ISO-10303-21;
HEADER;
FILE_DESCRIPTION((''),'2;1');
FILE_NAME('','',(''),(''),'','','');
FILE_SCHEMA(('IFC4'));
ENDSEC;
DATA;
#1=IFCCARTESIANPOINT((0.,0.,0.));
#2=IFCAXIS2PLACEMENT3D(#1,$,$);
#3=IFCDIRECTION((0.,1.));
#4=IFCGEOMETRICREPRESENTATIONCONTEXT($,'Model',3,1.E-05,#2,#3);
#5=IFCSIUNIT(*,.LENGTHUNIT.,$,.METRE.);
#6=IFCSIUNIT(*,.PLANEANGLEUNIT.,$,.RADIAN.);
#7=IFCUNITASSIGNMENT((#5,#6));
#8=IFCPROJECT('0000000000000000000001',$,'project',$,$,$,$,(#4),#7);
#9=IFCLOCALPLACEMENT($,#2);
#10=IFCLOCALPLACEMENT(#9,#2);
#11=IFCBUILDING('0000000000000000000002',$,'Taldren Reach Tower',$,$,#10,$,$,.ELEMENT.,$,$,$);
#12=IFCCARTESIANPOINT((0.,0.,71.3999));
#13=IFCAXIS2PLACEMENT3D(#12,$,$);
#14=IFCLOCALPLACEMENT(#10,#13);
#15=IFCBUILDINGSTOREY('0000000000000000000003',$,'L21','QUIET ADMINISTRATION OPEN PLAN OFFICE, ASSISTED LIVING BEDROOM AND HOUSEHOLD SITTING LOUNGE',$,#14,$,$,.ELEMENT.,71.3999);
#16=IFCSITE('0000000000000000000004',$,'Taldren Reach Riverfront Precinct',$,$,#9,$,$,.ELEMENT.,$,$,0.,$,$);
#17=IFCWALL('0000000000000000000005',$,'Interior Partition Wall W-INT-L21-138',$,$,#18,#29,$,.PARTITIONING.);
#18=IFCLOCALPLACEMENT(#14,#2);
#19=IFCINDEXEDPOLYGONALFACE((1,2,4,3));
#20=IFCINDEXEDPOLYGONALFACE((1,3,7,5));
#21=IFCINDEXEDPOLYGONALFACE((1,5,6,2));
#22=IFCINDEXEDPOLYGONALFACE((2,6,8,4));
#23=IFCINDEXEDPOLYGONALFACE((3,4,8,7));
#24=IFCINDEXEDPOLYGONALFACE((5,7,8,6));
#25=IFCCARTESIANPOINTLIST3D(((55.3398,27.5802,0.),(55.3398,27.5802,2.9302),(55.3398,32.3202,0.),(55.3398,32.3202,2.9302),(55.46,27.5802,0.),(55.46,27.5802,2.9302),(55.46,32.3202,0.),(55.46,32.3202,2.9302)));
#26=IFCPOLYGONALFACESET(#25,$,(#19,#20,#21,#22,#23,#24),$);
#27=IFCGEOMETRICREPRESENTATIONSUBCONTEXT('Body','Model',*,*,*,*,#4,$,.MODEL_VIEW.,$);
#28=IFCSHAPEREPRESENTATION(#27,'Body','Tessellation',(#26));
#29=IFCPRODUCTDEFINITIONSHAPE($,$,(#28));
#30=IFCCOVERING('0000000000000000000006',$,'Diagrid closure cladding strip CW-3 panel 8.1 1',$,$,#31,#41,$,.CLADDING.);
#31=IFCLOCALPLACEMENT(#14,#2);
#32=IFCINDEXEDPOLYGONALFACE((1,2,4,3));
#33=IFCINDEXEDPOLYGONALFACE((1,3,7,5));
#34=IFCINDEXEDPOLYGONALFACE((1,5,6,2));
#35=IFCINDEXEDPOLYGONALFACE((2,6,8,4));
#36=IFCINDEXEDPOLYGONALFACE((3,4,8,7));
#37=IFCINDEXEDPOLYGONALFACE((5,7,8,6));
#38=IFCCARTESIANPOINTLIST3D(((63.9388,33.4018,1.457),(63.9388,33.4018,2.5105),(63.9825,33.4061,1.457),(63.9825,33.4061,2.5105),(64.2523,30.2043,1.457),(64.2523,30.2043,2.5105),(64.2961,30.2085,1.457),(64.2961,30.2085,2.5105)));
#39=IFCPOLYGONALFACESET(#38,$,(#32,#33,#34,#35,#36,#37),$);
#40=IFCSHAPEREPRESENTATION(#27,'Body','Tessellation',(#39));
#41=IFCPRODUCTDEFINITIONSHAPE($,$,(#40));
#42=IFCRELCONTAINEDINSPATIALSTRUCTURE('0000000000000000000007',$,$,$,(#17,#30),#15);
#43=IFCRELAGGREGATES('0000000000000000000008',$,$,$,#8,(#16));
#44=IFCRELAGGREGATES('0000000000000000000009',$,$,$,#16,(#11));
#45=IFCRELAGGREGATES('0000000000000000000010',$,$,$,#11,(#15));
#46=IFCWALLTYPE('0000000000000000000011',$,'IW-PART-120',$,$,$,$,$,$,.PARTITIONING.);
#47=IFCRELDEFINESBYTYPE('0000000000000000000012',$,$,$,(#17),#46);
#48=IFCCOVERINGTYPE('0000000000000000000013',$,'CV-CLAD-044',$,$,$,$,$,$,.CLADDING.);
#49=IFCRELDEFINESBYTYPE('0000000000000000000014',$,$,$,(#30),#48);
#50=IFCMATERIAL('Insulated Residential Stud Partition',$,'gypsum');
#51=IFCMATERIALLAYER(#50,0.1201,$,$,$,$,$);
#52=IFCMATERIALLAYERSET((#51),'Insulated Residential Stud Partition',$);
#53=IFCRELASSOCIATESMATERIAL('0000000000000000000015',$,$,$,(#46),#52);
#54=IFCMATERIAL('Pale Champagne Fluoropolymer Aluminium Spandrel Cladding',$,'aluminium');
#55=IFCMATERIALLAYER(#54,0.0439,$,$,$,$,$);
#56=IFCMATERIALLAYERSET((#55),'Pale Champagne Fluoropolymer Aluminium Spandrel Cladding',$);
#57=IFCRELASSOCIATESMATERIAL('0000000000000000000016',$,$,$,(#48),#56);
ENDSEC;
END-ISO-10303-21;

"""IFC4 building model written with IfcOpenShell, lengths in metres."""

from ifc_helpers import new_model, si_unit, direction, frame, frame_2d, origin, origin_2d, place, context, subcontext, project, spatial, rectangle, extrude, source, transform, mapped, material, layer, layer_set, type_object, element, save


model = new_model("IFC4")

# Units and contexts
model_context = context("Model", 3, precision=1e-05, world=origin(), true_north=direction((0.0, 1.0)))
body_context = subcontext(model_context, "Body", "Model", "MODEL_VIEW")
ifc_project = project(units=[si_unit("LENGTHUNIT", "METRE"), si_unit("PLANEANGLEUNIT", "RADIAN")], contexts=[model_context])

# Site, building, storey
site_placement = place(None, origin())
site = spatial("IfcSite", under=ifc_project, at=site_placement, Name="Taldren Reach Riverfront Precinct", CompositionType="ELEMENT", RefElevation=0.0)
building_placement = place(site_placement, origin())
building = spatial("IfcBuilding", under=site, at=building_placement, Name="Taldren Reach Tower", CompositionType="ELEMENT")
storey_placement = place(building_placement, frame((0.0, 0.0, 71.3999)))
storey = spatial("IfcBuildingStorey", under=building, at=storey_placement, Name="L21", Description="QUIET ADMINISTRATION OPEN PLAN OFFICE, ASSISTED LIVING BEDROOM AND HOUSEHOLD SITTING LOUNGE", CompositionType="ELEMENT", Elevation=71.3999)

# Shared definitions
ifc_material_1 = material(Name="Insulated Residential Stud Partition", Category="gypsum")
ifc_layer_1 = layer(ifc_material_1, 0.1201)
ifc_layer_set_1 = layer_set([ifc_layer_1], Name="Insulated Residential Stud Partition")
wall_type_1 = type_object("IfcWallType", Name="IW-PART-120", PredefinedType="PARTITIONING", material=ifc_layer_set_1)

# Wall
shared_shape_1 = source(origin(), body_context, "Body", "SweptSolid", [
    extrude(rectangle(XDim=4.74, YDim=0.1201, at=frame_2d((2.3701, 0.0))), origin(), (0.0, 0.0, 1.0), 2.9302),
])
wall_1_placement = place(storey_placement, frame((55.3999, 27.5801, 0.0), z_axis=(0.0, 0.0, 1.0), x_axis=(0.0, 1.0, 0.0)))
element("IfcWall", 1, at=wall_1_placement, inside=storey, type_object=wall_type_1, Name="Interior Partition Wall W-INT-L21-138", PredefinedType="PARTITIONING", context=body_context, shape_type="MappedRepresentation", body=[
    mapped(shared_shape_1, transform((0.0, 0.0, 0.0), scale=1.0)),
])

# Covering
ifc_material_2 = material(Name="Pale Champagne Fluoropolymer Aluminium Spandrel Cladding", Category="aluminium")
ifc_layer_2 = layer(ifc_material_2, 0.0439)
ifc_layer_set_2 = layer_set([ifc_layer_2], Name="Pale Champagne Fluoropolymer Aluminium Spandrel Cladding")
covering_type = type_object("IfcCoveringType", Name="CV-CLAD-044", PredefinedType="CLADDING", material=ifc_layer_set_2)
shared_shape_2 = source(origin(), body_context, "Body", "SweptSolid", [
    extrude(rectangle(XDim=3.2129, YDim=0.0439, at=origin_2d()), origin(), (0.0, 0.0, 1.0), 1.0535),
])
covering_placement = place(storey_placement, frame((64.1174, 31.8052, 1.457), z_axis=(0.0, 0.0, 1.0), x_axis=(-0.097583, 0.995227, 0.0)))
element("IfcCovering", 2, at=covering_placement, inside=storey, type_object=covering_type, Name="Diagrid closure cladding strip CW-3 panel 8.1 1", PredefinedType="CLADDING", context=body_context, shape_type="MappedRepresentation", body=[
    mapped(shared_shape_2, transform((0.0, 0.0, 0.0), scale=1.0)),
])

save(model, "model.ifc")
